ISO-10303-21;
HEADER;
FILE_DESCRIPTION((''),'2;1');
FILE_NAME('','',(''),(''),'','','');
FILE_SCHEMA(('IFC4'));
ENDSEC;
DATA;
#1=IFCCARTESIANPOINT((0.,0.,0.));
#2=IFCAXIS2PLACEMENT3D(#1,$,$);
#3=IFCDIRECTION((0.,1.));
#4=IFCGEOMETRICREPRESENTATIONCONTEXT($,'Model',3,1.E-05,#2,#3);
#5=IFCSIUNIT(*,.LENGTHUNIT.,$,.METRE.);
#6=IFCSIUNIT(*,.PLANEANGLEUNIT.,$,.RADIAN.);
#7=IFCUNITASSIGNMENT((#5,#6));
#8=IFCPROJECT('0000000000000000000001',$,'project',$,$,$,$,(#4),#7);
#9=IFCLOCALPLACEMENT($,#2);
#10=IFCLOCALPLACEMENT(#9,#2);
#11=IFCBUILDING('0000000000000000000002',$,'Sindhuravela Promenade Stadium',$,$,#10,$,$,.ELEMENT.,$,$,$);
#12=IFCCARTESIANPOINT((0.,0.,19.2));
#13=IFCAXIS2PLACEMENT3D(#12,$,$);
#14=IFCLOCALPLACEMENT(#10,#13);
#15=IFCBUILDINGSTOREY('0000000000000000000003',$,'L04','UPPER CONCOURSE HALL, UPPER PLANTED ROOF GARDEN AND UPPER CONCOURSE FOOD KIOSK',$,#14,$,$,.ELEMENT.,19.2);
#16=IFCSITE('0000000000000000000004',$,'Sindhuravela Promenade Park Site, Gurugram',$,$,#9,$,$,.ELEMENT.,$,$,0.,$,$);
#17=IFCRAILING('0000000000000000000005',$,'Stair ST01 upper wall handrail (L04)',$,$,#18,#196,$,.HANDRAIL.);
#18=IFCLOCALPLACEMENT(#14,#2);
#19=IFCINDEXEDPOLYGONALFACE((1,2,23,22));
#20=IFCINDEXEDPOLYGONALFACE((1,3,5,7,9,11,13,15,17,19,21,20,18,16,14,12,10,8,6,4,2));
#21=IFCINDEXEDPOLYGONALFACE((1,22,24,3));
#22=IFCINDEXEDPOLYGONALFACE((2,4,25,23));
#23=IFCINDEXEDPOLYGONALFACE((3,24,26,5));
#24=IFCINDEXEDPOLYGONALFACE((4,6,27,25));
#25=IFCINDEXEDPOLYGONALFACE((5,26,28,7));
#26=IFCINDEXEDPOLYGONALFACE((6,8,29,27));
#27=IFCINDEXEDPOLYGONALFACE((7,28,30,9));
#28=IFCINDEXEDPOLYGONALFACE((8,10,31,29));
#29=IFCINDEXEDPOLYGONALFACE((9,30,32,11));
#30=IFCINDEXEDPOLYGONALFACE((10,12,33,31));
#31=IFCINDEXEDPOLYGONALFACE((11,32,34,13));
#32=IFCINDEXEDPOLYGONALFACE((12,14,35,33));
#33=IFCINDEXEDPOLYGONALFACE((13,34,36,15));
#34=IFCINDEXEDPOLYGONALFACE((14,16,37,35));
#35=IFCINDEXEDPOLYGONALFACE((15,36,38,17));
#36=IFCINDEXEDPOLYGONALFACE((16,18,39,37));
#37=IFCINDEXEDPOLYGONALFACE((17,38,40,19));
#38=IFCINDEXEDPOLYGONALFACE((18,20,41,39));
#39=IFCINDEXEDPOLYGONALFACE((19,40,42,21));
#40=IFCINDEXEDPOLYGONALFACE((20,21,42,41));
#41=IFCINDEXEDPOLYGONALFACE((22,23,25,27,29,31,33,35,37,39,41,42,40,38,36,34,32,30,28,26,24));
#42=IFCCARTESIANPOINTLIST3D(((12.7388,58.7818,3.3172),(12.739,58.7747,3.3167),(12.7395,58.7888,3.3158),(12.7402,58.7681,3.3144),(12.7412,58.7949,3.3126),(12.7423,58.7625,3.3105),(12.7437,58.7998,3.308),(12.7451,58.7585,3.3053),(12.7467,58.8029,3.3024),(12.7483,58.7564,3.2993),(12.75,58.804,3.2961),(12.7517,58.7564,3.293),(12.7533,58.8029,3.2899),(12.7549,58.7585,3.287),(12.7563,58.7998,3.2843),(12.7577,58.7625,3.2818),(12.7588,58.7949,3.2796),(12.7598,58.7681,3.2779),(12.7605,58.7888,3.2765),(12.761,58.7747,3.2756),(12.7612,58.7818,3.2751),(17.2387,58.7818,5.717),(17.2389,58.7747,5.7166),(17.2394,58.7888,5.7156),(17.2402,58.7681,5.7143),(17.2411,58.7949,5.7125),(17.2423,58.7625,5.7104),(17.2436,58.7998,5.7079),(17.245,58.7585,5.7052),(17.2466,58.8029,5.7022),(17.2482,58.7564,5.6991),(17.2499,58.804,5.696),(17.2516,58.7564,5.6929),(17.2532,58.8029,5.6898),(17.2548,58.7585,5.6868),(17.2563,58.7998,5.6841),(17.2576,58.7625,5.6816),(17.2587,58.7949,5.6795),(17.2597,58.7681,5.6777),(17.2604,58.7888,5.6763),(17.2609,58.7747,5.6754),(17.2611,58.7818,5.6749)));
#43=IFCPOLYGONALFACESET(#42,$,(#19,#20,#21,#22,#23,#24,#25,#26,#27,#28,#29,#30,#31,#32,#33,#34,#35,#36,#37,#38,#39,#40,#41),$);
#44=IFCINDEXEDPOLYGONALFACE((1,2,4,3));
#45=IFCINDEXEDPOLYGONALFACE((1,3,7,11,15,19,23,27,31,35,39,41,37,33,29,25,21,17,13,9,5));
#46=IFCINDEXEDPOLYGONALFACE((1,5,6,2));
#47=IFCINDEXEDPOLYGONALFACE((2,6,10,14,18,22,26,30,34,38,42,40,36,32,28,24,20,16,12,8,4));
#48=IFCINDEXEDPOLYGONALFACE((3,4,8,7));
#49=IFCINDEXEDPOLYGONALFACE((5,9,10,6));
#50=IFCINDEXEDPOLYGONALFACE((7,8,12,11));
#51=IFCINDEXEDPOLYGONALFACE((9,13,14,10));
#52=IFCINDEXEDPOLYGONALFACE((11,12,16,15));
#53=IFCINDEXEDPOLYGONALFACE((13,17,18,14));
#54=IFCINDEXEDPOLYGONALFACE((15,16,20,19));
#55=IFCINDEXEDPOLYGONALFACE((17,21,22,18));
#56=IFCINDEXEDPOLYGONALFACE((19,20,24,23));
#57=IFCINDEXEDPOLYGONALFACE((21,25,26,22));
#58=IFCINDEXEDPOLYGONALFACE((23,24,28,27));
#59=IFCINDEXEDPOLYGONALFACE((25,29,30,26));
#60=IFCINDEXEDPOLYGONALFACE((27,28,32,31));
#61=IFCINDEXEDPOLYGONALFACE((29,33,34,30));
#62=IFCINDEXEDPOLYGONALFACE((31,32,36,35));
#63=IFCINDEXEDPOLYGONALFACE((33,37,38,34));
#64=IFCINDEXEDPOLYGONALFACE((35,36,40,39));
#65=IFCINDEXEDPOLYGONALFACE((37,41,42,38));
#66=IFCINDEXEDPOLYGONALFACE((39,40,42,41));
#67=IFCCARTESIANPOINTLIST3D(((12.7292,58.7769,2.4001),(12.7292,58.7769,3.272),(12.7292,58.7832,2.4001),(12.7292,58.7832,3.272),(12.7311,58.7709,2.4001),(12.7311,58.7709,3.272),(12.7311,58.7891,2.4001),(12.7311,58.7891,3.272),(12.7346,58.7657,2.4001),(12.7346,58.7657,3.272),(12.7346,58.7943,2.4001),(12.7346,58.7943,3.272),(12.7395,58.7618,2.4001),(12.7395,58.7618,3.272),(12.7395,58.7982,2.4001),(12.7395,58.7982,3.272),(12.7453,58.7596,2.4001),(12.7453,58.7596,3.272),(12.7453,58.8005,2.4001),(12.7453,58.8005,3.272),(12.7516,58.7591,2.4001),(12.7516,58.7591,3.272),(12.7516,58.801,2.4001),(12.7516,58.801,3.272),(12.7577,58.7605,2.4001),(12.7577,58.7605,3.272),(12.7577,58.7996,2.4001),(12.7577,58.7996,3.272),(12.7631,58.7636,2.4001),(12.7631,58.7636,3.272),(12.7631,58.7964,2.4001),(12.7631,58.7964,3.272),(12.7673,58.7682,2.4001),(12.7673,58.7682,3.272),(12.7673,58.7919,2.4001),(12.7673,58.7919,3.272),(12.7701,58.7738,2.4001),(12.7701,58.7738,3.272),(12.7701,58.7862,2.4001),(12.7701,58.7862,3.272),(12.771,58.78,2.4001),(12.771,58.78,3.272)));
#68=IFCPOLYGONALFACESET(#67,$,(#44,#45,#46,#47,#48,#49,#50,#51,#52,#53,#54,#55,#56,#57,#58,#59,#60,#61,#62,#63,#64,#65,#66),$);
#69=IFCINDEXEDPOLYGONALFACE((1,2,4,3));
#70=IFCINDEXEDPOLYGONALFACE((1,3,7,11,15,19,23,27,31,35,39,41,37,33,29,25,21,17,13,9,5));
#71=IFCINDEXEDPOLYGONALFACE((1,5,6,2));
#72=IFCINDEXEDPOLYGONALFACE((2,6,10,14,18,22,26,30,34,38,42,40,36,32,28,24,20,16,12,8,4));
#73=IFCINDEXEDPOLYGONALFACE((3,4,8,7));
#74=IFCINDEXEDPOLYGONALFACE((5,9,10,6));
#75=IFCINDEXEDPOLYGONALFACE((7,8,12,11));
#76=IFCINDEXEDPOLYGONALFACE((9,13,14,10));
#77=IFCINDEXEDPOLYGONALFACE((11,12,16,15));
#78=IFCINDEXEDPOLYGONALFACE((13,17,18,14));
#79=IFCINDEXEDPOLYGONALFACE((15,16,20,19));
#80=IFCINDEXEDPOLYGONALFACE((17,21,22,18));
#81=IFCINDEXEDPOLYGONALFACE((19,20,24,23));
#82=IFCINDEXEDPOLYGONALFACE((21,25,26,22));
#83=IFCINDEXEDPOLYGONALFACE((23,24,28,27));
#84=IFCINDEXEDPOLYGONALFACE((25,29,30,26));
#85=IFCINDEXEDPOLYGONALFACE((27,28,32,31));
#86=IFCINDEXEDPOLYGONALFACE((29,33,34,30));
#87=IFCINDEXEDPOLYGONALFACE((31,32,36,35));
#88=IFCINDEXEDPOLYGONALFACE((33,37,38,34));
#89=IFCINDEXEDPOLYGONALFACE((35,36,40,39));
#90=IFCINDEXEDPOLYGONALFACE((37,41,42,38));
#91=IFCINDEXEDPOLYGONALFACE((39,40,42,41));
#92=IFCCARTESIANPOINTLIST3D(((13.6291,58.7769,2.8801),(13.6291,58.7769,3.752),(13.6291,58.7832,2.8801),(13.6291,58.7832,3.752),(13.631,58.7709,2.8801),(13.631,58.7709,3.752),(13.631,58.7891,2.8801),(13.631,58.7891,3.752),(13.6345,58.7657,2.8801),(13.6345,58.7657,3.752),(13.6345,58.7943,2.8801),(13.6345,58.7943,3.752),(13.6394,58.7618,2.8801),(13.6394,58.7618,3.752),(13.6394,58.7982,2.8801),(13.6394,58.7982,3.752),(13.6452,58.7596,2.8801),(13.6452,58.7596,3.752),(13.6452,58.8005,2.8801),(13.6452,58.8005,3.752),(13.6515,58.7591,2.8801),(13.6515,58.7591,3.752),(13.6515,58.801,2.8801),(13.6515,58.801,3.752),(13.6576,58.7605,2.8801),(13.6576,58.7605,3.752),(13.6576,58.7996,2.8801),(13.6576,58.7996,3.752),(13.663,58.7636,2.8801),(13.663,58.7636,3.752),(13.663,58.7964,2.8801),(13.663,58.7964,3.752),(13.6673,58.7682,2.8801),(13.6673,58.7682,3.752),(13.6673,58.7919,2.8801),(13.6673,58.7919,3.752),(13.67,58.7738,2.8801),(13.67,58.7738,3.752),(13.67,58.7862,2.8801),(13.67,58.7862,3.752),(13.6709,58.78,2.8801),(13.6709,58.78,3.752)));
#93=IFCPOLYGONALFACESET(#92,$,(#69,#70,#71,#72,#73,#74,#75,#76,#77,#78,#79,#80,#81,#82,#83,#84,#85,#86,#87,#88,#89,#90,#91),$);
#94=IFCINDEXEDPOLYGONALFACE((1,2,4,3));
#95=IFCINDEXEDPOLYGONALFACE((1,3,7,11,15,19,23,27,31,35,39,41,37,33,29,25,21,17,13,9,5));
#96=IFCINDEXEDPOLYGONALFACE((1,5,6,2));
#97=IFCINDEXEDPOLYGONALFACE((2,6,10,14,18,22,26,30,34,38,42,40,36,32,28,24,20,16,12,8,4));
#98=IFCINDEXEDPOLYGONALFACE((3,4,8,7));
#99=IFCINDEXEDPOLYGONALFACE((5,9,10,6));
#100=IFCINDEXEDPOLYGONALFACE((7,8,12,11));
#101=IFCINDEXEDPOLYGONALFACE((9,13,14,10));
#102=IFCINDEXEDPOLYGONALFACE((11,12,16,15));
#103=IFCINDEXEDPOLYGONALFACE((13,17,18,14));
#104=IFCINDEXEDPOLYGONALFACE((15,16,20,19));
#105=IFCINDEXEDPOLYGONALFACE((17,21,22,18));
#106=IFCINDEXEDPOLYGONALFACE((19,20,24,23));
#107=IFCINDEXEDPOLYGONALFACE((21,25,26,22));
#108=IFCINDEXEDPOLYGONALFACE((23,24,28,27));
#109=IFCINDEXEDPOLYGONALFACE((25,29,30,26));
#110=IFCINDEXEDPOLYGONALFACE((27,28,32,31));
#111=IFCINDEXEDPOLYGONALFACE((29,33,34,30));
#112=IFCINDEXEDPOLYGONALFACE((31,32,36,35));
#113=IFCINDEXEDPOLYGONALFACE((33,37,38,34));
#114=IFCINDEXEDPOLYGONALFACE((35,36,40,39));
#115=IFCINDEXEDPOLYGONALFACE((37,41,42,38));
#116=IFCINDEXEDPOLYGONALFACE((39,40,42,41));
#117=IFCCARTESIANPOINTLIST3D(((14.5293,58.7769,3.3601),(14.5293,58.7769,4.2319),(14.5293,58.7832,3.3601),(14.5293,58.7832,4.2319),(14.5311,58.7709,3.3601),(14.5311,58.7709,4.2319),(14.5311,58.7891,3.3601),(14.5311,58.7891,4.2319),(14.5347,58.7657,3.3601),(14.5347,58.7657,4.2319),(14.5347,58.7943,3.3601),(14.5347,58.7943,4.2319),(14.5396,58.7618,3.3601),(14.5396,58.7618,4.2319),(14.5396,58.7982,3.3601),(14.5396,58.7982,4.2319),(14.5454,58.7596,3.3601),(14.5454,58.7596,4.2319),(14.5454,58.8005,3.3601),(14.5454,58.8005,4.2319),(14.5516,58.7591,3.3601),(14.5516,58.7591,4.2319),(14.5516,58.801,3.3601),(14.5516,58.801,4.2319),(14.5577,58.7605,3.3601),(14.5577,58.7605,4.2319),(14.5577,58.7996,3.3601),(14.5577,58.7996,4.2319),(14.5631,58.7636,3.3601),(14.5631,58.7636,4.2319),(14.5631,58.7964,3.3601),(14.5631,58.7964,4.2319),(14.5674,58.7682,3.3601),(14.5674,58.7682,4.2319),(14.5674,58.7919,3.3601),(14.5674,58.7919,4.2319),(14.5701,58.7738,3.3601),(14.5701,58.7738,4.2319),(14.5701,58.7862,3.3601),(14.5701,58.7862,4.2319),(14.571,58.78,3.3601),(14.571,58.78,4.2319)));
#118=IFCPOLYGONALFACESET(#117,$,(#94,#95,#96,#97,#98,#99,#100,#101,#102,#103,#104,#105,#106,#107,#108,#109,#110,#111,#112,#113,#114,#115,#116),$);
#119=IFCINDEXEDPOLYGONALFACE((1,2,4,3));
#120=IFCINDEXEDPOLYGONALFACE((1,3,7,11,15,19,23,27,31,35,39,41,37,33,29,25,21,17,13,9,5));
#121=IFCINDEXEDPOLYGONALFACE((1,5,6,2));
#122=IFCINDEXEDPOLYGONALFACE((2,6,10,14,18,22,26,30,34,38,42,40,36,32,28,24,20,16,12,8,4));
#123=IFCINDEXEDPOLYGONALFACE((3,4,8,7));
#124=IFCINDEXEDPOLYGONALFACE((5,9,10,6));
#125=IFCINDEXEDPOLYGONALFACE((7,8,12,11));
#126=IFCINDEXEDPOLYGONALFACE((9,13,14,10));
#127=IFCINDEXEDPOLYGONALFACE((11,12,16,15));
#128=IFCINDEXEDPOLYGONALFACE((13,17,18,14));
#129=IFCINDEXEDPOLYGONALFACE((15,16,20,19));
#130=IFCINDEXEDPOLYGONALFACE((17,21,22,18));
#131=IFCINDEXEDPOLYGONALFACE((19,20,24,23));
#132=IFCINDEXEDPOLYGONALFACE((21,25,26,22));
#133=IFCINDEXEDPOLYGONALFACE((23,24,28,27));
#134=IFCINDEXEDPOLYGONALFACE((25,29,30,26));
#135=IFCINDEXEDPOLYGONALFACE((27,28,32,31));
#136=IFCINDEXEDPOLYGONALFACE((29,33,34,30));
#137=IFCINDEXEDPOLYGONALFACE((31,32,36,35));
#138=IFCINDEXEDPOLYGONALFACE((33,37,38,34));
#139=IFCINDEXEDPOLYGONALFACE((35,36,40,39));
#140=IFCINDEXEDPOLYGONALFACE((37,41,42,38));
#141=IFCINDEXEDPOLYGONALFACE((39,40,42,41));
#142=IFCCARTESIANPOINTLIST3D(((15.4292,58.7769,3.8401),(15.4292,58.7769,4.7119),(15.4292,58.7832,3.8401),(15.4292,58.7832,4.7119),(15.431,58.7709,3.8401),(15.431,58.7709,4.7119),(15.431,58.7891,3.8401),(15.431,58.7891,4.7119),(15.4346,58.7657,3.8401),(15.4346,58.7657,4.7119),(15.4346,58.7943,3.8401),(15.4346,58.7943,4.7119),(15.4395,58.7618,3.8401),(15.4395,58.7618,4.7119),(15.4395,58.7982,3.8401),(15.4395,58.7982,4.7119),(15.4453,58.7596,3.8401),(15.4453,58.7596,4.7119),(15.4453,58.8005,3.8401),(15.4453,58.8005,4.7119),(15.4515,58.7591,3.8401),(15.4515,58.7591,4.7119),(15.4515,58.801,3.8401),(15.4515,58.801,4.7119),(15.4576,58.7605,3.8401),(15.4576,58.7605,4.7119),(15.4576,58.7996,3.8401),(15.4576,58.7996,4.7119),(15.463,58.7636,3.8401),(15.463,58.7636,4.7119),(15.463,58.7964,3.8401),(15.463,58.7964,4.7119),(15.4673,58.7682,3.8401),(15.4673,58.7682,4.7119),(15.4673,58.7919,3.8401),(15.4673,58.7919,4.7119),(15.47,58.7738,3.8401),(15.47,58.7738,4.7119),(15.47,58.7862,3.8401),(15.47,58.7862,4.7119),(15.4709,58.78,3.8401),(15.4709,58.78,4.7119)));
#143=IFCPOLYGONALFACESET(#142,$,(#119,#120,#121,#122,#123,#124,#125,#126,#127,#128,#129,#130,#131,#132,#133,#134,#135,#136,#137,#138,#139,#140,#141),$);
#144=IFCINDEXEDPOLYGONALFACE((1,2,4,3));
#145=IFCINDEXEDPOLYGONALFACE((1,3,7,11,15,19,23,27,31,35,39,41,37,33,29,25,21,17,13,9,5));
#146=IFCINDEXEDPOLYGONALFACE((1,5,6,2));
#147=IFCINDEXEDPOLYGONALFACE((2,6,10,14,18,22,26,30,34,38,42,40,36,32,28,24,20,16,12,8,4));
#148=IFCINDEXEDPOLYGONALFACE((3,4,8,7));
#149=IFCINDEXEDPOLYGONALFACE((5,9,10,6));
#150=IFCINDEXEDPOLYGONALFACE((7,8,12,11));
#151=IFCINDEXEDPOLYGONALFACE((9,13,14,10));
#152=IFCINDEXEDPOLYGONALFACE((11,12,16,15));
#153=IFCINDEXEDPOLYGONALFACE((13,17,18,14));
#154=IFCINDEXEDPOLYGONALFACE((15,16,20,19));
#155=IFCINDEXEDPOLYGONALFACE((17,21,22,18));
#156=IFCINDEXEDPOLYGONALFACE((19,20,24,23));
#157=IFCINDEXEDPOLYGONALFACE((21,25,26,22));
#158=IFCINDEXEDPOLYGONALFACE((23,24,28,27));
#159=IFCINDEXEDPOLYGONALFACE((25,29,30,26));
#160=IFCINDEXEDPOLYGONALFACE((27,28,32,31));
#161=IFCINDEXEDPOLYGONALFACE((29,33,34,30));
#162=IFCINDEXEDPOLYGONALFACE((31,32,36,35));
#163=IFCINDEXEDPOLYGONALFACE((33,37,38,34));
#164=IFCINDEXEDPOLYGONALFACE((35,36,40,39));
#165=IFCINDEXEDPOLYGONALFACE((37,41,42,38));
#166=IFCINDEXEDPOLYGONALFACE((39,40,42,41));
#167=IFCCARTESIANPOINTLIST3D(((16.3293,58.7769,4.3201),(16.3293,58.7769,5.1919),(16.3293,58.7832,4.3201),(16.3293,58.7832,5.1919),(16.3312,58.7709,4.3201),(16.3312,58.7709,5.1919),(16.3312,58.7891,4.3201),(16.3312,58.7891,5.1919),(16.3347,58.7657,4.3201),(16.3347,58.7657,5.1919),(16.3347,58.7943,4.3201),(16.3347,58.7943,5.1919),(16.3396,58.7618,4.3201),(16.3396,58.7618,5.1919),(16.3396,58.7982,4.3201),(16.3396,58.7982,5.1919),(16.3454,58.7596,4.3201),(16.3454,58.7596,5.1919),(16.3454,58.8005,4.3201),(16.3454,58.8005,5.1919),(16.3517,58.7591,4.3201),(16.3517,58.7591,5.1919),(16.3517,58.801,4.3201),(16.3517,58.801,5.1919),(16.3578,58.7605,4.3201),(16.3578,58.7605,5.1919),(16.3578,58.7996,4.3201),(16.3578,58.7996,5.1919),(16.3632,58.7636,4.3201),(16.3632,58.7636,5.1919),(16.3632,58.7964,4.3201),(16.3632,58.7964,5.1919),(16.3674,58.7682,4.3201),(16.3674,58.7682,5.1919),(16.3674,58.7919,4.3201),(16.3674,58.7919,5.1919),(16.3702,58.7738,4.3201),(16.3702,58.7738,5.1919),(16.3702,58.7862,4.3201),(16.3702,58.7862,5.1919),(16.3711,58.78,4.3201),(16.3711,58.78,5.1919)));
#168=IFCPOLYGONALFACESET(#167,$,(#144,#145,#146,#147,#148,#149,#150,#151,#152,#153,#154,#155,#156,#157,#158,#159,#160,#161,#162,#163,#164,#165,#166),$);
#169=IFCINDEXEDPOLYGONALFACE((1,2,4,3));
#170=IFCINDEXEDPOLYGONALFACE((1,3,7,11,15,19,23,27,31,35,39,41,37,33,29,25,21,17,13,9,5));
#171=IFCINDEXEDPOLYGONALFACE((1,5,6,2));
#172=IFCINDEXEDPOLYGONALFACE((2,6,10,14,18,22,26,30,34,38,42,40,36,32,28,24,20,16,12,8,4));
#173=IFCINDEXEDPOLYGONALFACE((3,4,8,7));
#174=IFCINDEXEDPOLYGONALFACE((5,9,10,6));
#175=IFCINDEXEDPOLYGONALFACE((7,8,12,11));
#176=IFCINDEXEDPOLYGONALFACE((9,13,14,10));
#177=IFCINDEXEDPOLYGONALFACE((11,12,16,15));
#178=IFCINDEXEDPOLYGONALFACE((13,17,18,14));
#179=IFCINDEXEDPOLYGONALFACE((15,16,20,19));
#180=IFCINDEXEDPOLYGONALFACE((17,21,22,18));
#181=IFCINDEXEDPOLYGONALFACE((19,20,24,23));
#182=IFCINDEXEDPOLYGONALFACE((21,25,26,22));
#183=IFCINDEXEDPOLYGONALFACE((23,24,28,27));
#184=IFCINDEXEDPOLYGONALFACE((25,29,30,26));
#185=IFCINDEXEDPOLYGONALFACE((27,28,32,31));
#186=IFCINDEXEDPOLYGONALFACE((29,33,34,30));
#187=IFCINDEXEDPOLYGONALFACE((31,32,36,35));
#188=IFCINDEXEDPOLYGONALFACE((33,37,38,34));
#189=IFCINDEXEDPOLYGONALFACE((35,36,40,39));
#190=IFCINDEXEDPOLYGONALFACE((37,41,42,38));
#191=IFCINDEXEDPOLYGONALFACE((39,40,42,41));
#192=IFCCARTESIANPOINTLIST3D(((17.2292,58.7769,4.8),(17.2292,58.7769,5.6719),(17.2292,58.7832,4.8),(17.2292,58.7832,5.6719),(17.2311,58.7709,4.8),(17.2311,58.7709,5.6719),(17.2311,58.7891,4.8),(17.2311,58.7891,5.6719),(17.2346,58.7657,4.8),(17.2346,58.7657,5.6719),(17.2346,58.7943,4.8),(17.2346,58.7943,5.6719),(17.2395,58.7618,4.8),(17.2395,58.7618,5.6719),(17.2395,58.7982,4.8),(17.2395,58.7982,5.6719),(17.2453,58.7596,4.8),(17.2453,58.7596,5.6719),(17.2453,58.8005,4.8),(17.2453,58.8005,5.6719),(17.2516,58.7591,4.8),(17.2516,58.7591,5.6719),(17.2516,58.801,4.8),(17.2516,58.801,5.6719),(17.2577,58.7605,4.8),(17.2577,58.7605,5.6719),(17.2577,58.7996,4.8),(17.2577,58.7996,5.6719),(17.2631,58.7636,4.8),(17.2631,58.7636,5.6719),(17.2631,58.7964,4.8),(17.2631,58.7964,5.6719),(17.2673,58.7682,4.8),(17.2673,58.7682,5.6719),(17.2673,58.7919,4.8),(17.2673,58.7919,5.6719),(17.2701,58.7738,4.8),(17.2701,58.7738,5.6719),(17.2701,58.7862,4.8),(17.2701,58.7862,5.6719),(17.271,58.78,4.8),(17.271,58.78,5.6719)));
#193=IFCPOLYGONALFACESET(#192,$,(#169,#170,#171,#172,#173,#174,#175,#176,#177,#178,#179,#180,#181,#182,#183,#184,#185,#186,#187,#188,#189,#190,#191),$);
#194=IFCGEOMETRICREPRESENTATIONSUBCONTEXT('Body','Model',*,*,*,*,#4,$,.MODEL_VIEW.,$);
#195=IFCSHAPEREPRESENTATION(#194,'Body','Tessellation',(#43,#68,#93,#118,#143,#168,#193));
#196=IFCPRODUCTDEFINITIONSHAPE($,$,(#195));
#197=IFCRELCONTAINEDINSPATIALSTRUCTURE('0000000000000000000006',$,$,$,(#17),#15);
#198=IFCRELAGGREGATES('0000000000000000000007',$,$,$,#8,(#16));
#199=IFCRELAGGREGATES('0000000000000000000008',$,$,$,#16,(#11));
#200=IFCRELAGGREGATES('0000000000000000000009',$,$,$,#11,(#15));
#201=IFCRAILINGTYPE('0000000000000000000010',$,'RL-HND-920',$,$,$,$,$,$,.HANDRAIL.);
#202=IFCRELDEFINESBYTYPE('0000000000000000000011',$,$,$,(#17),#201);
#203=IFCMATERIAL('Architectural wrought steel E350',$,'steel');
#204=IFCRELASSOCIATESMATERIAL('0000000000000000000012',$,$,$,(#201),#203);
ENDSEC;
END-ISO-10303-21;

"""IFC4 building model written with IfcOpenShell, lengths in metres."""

from ifc_helpers import new_model, si_unit, direction, frame, origin, origin_2d, place, context, subcontext, project, spatial, circle, extrude, material, type_object, element, save


model = new_model("IFC4")

# Units and contexts
model_context = context("Model", 3, precision=1e-05, world=origin(), true_north=direction((0.0, 1.0)))
body_context = subcontext(model_context, "Body", "Model", "MODEL_VIEW")
ifc_project = project(units=[si_unit("LENGTHUNIT", "METRE"), si_unit("PLANEANGLEUNIT", "RADIAN")], contexts=[model_context])

# Site, building, storey
site_placement = place(None, origin())
site = spatial("IfcSite", under=ifc_project, at=site_placement, Name="Sindhuravela Promenade Park Site, Gurugram", CompositionType="ELEMENT", RefElevation=0.0)
building_placement = place(site_placement, origin())
building = spatial("IfcBuilding", under=site, at=building_placement, Name="Sindhuravela Promenade Stadium", CompositionType="ELEMENT")
storey_placement = place(building_placement, frame((0.0, 0.0, 19.2)))
storey = spatial("IfcBuildingStorey", under=building, at=storey_placement, Name="L04", Description="UPPER CONCOURSE HALL, UPPER PLANTED ROOF GARDEN AND UPPER CONCOURSE FOOD KIOSK", CompositionType="ELEMENT", Elevation=19.2)

# Railing
ifc_material_1 = material(Name="Architectural wrought steel E350", Category="steel")
railing_type = type_object("IfcRailingType", Name="RL-HND-920", PredefinedType="HANDRAIL", material=ifc_material_1)
railing_placement = place(storey_placement, frame((12.75, 58.78, 2.4001)))
element("IfcRailing", 1, at=railing_placement, inside=storey, type_object=railing_type, Name="Stair ST01 upper wall handrail (L04)", PredefinedType="HANDRAIL", context=body_context, shape_type="SweptSolid", body=[
    extrude(circle(Radius=0.0239, at=origin_2d()), frame((0.0, 0.0, 0.896), z_axis=(0.882361, 0.0, 0.470573), x_axis=(0.0, 1.0, 0.0)), (0.0, 0.0, 1.0), 5.0999),
    extrude(circle(Radius=0.021, at=origin_2d()), origin(), (0.0, 0.0, 1.0), 0.8718),
    extrude(circle(Radius=0.021, at=origin_2d()), frame((0.8999, 0.0, 0.48)), (0.0, 0.0, 1.0), 0.8718),
    extrude(circle(Radius=0.021, at=origin_2d()), frame((1.8, 0.0, 0.96)), (0.0, 0.0, 1.0), 0.8718),
    extrude(circle(Radius=0.021, at=origin_2d()), frame((2.7, 0.0, 1.4399)), (0.0, 0.0, 1.0), 0.8718),
    extrude(circle(Radius=0.021, at=origin_2d()), frame((3.6001, 0.0, 1.9199)), (0.0, 0.0, 1.0), 0.8718),
    extrude(circle(Radius=0.021, at=origin_2d()), frame((4.5, 0.0, 2.3999)), (0.0, 0.0, 1.0), 0.8718),
])

save(model, "model.ifc")
